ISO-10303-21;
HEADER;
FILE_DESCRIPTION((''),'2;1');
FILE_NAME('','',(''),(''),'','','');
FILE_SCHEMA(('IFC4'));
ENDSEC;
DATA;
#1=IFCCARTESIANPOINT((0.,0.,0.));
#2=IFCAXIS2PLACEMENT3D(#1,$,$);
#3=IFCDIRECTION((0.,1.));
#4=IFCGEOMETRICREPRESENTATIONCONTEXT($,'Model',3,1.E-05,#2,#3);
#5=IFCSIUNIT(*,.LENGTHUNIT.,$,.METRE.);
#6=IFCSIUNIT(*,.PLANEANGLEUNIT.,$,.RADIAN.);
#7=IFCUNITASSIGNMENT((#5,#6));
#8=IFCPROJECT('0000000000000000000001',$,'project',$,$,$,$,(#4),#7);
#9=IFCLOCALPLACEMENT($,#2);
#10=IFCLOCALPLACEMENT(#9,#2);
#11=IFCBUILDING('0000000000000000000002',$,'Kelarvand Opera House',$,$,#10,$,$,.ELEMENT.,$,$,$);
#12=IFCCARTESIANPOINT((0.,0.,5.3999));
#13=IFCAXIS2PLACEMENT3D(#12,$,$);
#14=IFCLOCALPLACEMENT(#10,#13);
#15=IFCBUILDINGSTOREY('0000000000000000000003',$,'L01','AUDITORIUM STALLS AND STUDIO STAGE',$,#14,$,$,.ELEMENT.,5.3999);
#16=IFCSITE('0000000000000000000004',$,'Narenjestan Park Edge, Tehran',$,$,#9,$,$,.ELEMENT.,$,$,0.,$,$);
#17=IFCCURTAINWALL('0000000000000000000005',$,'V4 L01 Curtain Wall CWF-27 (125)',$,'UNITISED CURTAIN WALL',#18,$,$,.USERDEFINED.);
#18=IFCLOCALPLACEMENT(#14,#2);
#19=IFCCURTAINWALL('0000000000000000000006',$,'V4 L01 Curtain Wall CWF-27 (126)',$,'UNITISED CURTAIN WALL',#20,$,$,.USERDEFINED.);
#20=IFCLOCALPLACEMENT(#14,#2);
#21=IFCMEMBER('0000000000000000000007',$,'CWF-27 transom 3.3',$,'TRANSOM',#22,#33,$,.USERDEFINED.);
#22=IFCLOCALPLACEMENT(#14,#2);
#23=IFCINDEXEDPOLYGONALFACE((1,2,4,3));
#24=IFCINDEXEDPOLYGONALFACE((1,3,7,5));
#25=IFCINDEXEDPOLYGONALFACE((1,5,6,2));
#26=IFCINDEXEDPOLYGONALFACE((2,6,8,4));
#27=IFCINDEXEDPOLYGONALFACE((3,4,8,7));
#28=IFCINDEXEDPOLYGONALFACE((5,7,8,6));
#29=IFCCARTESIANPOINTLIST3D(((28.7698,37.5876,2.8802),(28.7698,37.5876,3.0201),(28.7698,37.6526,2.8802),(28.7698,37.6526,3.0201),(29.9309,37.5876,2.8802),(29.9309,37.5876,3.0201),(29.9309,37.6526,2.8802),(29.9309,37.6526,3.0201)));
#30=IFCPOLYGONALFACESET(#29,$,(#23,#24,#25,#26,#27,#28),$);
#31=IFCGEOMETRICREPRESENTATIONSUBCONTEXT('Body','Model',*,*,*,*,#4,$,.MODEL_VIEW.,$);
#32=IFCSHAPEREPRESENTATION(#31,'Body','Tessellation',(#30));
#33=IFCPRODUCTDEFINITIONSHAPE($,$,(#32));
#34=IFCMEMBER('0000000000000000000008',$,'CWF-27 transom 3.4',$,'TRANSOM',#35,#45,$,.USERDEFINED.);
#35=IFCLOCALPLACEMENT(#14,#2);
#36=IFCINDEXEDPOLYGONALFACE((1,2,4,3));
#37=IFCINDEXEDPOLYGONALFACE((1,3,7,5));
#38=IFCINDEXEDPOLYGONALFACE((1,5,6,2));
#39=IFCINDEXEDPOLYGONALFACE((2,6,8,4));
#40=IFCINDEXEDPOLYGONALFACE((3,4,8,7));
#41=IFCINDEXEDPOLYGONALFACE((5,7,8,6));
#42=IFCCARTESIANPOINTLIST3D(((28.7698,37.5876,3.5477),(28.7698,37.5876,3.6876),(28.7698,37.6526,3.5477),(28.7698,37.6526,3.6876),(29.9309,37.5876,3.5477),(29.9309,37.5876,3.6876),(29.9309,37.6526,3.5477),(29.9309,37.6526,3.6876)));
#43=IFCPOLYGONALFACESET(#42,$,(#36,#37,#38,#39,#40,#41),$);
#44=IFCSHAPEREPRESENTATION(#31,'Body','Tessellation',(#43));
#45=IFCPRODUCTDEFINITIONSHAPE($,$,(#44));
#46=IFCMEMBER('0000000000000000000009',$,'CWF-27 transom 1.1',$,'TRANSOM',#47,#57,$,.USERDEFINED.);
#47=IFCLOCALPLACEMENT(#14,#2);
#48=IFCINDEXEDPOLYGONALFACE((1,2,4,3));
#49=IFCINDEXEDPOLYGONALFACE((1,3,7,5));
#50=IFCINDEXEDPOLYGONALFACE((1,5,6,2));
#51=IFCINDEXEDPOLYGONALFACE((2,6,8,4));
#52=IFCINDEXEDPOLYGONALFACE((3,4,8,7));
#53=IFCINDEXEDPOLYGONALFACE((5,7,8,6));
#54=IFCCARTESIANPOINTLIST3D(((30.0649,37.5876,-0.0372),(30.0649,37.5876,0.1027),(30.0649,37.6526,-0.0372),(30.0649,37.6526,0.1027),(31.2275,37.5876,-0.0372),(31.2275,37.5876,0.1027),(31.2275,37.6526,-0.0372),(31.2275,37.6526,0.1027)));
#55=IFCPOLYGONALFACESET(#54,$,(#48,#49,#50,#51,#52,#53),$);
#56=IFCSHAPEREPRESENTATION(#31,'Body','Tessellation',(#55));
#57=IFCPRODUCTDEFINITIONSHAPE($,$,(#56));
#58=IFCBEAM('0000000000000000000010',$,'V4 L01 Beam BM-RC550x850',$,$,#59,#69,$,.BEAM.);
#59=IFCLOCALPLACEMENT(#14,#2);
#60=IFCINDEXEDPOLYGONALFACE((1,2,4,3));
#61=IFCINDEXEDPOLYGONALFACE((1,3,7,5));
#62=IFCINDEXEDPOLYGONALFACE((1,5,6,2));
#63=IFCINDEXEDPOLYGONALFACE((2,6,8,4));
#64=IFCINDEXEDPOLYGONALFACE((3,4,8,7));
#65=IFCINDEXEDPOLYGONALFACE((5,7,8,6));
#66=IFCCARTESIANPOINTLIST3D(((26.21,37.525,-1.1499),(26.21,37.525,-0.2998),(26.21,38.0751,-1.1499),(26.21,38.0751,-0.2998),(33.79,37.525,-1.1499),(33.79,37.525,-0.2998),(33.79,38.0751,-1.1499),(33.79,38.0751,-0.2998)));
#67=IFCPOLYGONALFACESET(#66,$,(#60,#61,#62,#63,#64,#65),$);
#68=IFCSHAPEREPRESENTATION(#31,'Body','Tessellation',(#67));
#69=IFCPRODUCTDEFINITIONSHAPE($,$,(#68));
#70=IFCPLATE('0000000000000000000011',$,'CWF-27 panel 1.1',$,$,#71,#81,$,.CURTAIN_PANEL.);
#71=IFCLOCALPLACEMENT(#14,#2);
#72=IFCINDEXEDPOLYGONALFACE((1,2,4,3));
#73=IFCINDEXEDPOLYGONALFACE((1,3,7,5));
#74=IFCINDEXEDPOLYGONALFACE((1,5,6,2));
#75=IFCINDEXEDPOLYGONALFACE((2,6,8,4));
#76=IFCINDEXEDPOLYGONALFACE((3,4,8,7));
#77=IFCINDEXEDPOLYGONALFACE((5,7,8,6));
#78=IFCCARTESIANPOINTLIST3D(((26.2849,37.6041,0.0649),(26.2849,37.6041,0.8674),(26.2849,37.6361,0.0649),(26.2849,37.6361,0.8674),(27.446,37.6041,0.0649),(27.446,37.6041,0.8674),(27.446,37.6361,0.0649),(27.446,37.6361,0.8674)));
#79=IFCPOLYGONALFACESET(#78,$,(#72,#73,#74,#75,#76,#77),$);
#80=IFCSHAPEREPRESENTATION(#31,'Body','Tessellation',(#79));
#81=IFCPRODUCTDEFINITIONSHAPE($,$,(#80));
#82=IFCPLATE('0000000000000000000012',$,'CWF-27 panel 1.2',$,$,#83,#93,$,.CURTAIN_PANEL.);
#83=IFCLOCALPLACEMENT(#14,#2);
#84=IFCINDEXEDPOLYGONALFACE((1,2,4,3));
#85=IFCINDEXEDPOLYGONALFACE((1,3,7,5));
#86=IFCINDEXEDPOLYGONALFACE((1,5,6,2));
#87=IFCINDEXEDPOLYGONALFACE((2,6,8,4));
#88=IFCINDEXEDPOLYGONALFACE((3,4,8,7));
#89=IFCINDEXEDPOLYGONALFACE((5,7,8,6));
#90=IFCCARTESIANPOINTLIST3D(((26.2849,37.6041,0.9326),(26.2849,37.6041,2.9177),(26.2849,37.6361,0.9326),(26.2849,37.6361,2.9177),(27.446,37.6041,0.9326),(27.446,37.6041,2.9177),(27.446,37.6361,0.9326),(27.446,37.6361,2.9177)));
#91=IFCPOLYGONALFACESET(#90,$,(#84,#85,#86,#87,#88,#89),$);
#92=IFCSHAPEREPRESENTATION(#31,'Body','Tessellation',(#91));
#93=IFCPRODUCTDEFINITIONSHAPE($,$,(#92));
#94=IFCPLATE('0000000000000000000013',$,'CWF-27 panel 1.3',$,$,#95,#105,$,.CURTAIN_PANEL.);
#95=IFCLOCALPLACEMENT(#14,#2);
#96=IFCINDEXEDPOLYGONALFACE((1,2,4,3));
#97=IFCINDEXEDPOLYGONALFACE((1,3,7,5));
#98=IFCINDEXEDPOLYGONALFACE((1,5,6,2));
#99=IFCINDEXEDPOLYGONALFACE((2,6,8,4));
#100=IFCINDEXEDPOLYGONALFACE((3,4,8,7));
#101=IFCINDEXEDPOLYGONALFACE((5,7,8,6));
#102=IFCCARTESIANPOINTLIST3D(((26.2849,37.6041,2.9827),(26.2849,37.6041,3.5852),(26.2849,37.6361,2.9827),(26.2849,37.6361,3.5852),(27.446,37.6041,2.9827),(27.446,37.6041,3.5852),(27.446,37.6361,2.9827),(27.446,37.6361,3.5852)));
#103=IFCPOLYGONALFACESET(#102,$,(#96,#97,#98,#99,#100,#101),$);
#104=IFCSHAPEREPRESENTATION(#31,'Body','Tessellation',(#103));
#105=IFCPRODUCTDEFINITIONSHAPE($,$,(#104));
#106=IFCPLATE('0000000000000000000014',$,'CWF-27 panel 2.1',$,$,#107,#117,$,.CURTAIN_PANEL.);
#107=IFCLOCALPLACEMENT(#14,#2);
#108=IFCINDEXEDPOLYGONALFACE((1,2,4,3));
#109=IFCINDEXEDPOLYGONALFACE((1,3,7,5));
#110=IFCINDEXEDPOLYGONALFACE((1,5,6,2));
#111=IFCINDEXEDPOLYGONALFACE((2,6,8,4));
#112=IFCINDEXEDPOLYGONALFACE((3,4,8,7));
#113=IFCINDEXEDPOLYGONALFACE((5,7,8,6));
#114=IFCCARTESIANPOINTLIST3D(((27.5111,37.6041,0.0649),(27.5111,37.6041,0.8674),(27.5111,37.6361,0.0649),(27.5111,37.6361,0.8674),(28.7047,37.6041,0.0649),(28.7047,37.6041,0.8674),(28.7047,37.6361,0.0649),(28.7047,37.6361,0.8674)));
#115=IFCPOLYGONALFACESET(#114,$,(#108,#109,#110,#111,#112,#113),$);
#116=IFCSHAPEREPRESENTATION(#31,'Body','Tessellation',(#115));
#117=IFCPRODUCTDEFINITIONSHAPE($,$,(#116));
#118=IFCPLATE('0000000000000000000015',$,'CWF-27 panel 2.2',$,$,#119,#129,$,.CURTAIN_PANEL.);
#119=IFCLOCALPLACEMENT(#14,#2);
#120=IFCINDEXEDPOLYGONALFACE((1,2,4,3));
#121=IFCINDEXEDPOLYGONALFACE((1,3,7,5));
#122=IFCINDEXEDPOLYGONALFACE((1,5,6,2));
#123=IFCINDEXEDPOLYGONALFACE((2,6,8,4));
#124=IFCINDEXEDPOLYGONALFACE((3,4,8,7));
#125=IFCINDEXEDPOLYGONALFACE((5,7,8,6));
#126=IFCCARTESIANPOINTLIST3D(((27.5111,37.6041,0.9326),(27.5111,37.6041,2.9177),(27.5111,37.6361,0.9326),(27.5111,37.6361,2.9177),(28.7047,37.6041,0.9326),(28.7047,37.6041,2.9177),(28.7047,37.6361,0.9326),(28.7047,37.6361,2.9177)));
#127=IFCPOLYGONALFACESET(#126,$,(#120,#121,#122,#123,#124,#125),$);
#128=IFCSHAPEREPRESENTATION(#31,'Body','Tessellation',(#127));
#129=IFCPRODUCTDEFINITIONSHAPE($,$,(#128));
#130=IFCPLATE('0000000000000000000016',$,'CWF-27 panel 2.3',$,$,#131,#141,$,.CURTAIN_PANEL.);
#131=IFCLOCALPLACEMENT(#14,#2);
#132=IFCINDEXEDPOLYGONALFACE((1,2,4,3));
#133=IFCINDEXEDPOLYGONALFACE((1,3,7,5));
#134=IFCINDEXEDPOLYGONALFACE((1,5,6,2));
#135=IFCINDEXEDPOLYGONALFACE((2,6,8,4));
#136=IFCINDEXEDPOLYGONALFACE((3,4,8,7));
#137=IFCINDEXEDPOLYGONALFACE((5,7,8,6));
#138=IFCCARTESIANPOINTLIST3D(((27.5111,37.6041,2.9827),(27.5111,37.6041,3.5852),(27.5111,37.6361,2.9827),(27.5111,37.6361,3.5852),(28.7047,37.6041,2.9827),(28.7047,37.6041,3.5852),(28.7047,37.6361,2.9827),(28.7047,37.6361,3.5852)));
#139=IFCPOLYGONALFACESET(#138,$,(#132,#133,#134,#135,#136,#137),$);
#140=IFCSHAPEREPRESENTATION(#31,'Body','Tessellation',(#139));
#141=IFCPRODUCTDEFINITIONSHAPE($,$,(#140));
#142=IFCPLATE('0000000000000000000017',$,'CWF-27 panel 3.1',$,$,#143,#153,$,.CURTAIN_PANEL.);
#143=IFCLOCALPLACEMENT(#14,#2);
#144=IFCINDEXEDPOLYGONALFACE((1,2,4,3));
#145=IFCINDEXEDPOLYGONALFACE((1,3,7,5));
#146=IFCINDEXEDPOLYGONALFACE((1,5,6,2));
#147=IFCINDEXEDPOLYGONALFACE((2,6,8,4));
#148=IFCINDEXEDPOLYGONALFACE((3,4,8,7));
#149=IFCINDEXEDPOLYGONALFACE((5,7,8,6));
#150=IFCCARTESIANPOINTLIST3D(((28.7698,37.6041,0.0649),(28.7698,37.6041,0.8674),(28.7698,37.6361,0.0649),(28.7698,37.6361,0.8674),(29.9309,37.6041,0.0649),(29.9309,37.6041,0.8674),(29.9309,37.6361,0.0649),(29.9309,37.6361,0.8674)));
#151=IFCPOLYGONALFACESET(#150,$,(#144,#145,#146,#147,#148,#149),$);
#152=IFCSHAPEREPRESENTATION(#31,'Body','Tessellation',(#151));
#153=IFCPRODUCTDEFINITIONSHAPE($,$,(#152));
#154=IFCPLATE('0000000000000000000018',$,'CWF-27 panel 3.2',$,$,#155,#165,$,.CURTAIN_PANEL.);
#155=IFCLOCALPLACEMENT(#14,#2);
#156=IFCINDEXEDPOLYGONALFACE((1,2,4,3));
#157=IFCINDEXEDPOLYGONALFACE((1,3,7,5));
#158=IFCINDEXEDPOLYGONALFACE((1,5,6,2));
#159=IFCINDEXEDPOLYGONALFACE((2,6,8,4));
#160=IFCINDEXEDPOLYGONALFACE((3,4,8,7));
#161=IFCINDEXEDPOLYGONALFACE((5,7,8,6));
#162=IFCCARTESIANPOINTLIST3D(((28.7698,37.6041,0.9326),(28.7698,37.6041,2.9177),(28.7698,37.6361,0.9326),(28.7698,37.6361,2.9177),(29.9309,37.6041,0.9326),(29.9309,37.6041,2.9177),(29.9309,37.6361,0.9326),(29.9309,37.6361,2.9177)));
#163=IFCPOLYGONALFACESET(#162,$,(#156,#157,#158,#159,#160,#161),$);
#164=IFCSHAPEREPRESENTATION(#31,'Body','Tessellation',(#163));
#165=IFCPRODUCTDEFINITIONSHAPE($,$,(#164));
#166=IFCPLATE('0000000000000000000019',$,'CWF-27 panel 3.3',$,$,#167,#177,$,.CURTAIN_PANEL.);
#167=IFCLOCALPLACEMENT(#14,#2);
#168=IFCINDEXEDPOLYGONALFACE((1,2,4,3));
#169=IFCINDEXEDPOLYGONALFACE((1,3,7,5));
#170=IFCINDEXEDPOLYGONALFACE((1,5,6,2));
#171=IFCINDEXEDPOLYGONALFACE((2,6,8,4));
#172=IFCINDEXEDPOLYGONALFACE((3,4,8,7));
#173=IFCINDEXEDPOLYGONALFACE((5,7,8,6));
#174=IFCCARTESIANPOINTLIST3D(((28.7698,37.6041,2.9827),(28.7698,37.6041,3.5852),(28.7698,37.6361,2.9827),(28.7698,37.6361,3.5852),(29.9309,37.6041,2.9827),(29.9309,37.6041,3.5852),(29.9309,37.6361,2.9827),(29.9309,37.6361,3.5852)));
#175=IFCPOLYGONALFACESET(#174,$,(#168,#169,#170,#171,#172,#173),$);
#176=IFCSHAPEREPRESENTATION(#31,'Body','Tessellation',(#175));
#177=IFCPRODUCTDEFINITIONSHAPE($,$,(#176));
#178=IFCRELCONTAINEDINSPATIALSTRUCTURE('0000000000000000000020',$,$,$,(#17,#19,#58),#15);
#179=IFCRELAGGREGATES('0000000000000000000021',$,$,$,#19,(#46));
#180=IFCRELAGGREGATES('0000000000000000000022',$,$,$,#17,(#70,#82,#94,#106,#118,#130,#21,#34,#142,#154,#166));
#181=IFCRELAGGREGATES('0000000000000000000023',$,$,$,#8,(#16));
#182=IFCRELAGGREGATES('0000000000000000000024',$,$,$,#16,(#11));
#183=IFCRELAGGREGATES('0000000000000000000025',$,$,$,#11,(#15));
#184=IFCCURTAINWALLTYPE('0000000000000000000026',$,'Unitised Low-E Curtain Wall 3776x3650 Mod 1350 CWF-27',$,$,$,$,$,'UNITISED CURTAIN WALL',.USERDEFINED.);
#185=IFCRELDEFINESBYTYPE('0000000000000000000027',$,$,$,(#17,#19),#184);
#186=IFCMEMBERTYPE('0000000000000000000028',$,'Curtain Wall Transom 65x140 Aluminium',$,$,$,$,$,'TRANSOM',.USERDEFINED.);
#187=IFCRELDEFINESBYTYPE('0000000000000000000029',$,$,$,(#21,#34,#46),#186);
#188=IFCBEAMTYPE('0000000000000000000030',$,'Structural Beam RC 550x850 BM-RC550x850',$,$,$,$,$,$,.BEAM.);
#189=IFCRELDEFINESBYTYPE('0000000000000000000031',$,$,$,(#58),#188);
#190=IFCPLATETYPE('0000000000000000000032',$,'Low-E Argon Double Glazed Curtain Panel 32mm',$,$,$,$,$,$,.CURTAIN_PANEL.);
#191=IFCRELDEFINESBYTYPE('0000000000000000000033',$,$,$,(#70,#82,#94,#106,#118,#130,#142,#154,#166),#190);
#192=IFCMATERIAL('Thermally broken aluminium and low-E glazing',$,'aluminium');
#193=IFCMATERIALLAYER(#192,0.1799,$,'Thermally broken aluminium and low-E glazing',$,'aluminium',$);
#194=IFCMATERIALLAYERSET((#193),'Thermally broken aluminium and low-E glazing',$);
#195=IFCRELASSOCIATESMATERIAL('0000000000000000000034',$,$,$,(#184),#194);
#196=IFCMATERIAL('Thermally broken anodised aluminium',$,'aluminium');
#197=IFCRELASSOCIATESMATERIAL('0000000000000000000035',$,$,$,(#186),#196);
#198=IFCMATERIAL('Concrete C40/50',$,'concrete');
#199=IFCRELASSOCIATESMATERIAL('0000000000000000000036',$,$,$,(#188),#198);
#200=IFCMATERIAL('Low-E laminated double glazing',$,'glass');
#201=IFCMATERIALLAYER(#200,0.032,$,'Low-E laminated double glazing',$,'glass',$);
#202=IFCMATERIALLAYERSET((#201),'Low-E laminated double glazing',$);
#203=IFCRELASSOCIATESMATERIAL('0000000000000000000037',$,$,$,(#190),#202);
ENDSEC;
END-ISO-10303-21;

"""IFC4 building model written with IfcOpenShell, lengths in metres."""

from ifc_helpers import new_model, si_unit, direction, frame, origin, origin_2d, place, context, subcontext, project, spatial, rectangle, extrude, material, layer, layer_set, material_profile, profile_set, type_object, element, aggregate, save


model = new_model("IFC4")

# Units and contexts
model_context = context("Model", 3, precision=1e-05, world=origin(), true_north=direction((0.0, 1.0)))
body_context = subcontext(model_context, "Body", "Model", "MODEL_VIEW")
ifc_project = project(units=[si_unit("LENGTHUNIT", "METRE"), si_unit("PLANEANGLEUNIT", "RADIAN")], contexts=[model_context])

# Site, building, storey
site_placement = place(None, origin())
site = spatial("IfcSite", under=ifc_project, at=site_placement, Name="Narenjestan Park Edge, Tehran", CompositionType="ELEMENT", RefElevation=0.0)
building_placement = place(site_placement, origin())
building = spatial("IfcBuilding", under=site, at=building_placement, Name="Kelarvand Opera House", CompositionType="ELEMENT")
storey_placement = place(building_placement, frame((0.0, 0.0, 5.3999)))
storey = spatial("IfcBuildingStorey", under=building, at=storey_placement, Name="L01", Description="AUDITORIUM STALLS AND STUDIO STAGE", CompositionType="ELEMENT", Elevation=5.3999)

# Curtain wall
ifc_material_1 = material(Name="Thermally broken aluminium and low-E glazing", Category="aluminium")
ifc_layer_1 = layer(ifc_material_1, 0.1799, Name="Thermally broken aluminium and low-E glazing", Category="aluminium")
ifc_layer_set_1 = layer_set([ifc_layer_1], Name="Thermally broken aluminium and low-E glazing")
curtain_wall_type = type_object("IfcCurtainWallType", Name="Unitised Low-E Curtain Wall 3776x3650 Mod 1350 CWF-27", ElementType="UNITISED CURTAIN WALL", PredefinedType="USERDEFINED", material=ifc_layer_set_1)
curtain_wall_1_placement = place(storey_placement, origin())
curtain_wall_1 = element("IfcCurtainWall", 1, at=curtain_wall_1_placement, inside=storey, type_object=curtain_wall_type, Name="V4 L01 Curtain Wall CWF-27 (125)", ObjectType="UNITISED CURTAIN WALL", PredefinedType="USERDEFINED")
ifc_material_2 = material(Name="Thermally broken anodised aluminium", Category="aluminium")

# Curtain wall
curtain_wall_2_placement = place(storey_placement, origin())
curtain_wall_2 = element("IfcCurtainWall", 2, at=curtain_wall_2_placement, inside=storey, type_object=curtain_wall_type, Name="V4 L01 Curtain Wall CWF-27 (126)", ObjectType="UNITISED CURTAIN WALL", PredefinedType="USERDEFINED")

# Members
ifc_material_profile_1 = material_profile(ifc_material_2, rectangle(XDim=0.0649, YDim=0.1399, at=origin_2d()), Name="ALU TRANSOM 65x140", Category="aluminium")
ifc_profile_set_1 = profile_set([ifc_material_profile_1], Name="Thermally broken anodised aluminium")
member_type_1 = type_object("IfcMemberType", Name="Curtain Wall Transom 65x140 Aluminium", ElementType="TRANSOM", PredefinedType="USERDEFINED", material=ifc_profile_set_1)
member_1_placement = place(storey_placement, frame((28.7698, 37.6201, 2.9502), z_axis=(1.0, 0.0, 0.0), x_axis=(0.0, 1.0, 0.0)))
member_1 = element("IfcMember", 3, at=member_1_placement, type_object=member_type_1, Name="CWF-27 transom 3.3", ObjectType="TRANSOM", PredefinedType="USERDEFINED", context=body_context, shape_type="SweptSolid", body=[
    extrude(rectangle(XDim=0.0649, YDim=0.1399, at=origin_2d()), origin(), (0.0, 0.0, 1.0), 1.1611),
])
member_2_placement = place(storey_placement, frame((28.7698, 37.6201, 3.6177), z_axis=(1.0, 0.0, 0.0), x_axis=(0.0, 1.0, 0.0)))
member_2 = element("IfcMember", 4, at=member_2_placement, type_object=member_type_1, Name="CWF-27 transom 3.4", ObjectType="TRANSOM", PredefinedType="USERDEFINED", context=body_context, shape_type="SweptSolid", body=[
    extrude(rectangle(XDim=0.0649, YDim=0.1399, at=origin_2d()), origin(), (0.0, 0.0, 1.0), 1.1611),
])
member_3_placement = place(storey_placement, frame((30.0649, 37.6201, 0.0327), z_axis=(1.0, 0.0, 0.0), x_axis=(0.0, 1.0, 0.0)))
member_3 = element("IfcMember", 5, at=member_3_placement, type_object=member_type_1, Name="CWF-27 transom 1.1", ObjectType="TRANSOM", PredefinedType="USERDEFINED", context=body_context, shape_type="SweptSolid", body=[
    extrude(rectangle(XDim=0.0649, YDim=0.1399, at=origin_2d()), origin(), (0.0, 0.0, 1.0), 1.1626),
])
aggregate(curtain_wall_2, [member_3])

# Beam
ifc_material_3 = material(Name="Concrete C40/50", Category="concrete")
ifc_material_profile_2 = material_profile(ifc_material_3, rectangle(XDim=0.55, YDim=0.8501, at=origin_2d()), Name="RC 550x850", Category="concrete")
ifc_profile_set_2 = profile_set([ifc_material_profile_2], Name="Concrete C40/50")
beam_type = type_object("IfcBeamType", Name="Structural Beam RC 550x850 BM-RC550x850", PredefinedType="BEAM", material=ifc_profile_set_2)
beam_placement = place(storey_placement, frame((26.21, 37.8, -0.7249), z_axis=(1.0, 0.0, 0.0), x_axis=(0.0, 1.0, 0.0)))
element("IfcBeam", 6, at=beam_placement, inside=storey, type_object=beam_type, Name="V4 L01 Beam BM-RC550x850", PredefinedType="BEAM", context=body_context, shape_type="SweptSolid", body=[
    extrude(rectangle(XDim=0.55, YDim=0.8501, at=origin_2d()), origin(), (0.0, 0.0, 1.0), 7.5801),
])

# Plates
ifc_material_4 = material(Name="Low-E laminated double glazing", Category="glass")
ifc_layer_2 = layer(ifc_material_4, 0.032, Name="Low-E laminated double glazing", Category="glass")
ifc_layer_set_2 = layer_set([ifc_layer_2], Name="Low-E laminated double glazing")
plate_type = type_object("IfcPlateType", Name="Low-E Argon Double Glazed Curtain Panel 32mm", PredefinedType="CURTAIN_PANEL", material=ifc_layer_set_2)
plate_1_placement = place(storey_placement, frame((26.8655, 37.6201, 0.0649), z_axis=(0.0, 0.0, 1.0), x_axis=(1.0, 0.0, 0.0)))
plate_1 = element("IfcPlate", 7, at=plate_1_placement, type_object=plate_type, Name="CWF-27 panel 1.1", PredefinedType="CURTAIN_PANEL", context=body_context, shape_type="SweptSolid", body=[
    extrude(rectangle(XDim=1.1611, YDim=0.032, at=origin_2d()), origin(), (0.0, 0.0, 1.0), 0.8025),
])
plate_2_placement = place(storey_placement, frame((26.8655, 37.6201, 0.9326), z_axis=(0.0, 0.0, 1.0), x_axis=(1.0, 0.0, 0.0)))
plate_2 = element("IfcPlate", 8, at=plate_2_placement, type_object=plate_type, Name="CWF-27 panel 1.2", PredefinedType="CURTAIN_PANEL", context=body_context, shape_type="SweptSolid", body=[
    extrude(rectangle(XDim=1.1611, YDim=0.032, at=origin_2d()), origin(), (0.0, 0.0, 1.0), 1.9851),
])
plate_3_placement = place(storey_placement, frame((26.8655, 37.6201, 2.9827), z_axis=(0.0, 0.0, 1.0), x_axis=(1.0, 0.0, 0.0)))
plate_3 = element("IfcPlate", 9, at=plate_3_placement, type_object=plate_type, Name="CWF-27 panel 1.3", PredefinedType="CURTAIN_PANEL", context=body_context, shape_type="SweptSolid", body=[
    extrude(rectangle(XDim=1.1611, YDim=0.032, at=origin_2d()), origin(), (0.0, 0.0, 1.0), 0.6025),
])
plate_4_placement = place(storey_placement, frame((28.1079, 37.6201, 0.0649), z_axis=(0.0, 0.0, 1.0), x_axis=(1.0, 0.0, 0.0)))
plate_4 = element("IfcPlate", 10, at=plate_4_placement, type_object=plate_type, Name="CWF-27 panel 2.1", PredefinedType="CURTAIN_PANEL", context=body_context, shape_type="SweptSolid", body=[
    extrude(rectangle(XDim=1.1936, YDim=0.032, at=origin_2d()), origin(), (0.0, 0.0, 1.0), 0.8025),
])
plate_5_placement = place(storey_placement, frame((28.1079, 37.6201, 0.9326), z_axis=(0.0, 0.0, 1.0), x_axis=(1.0, 0.0, 0.0)))
plate_5 = element("IfcPlate", 11, at=plate_5_placement, type_object=plate_type, Name="CWF-27 panel 2.2", PredefinedType="CURTAIN_PANEL", context=body_context, shape_type="SweptSolid", body=[
    extrude(rectangle(XDim=1.1936, YDim=0.032, at=origin_2d()), origin(), (0.0, 0.0, 1.0), 1.9851),
])
plate_6_placement = place(storey_placement, frame((28.1079, 37.6201, 2.9827), z_axis=(0.0, 0.0, 1.0), x_axis=(1.0, 0.0, 0.0)))
plate_6 = element("IfcPlate", 12, at=plate_6_placement, type_object=plate_type, Name="CWF-27 panel 2.3", PredefinedType="CURTAIN_PANEL", context=body_context, shape_type="SweptSolid", body=[
    extrude(rectangle(XDim=1.1936, YDim=0.032, at=origin_2d()), origin(), (0.0, 0.0, 1.0), 0.6025),
])
plate_7_placement = place(storey_placement, frame((29.3503, 37.6201, 0.0649), z_axis=(0.0, 0.0, 1.0), x_axis=(1.0, 0.0, 0.0)))
plate_7 = element("IfcPlate", 13, at=plate_7_placement, type_object=plate_type, Name="CWF-27 panel 3.1", PredefinedType="CURTAIN_PANEL", context=body_context, shape_type="SweptSolid", body=[
    extrude(rectangle(XDim=1.1611, YDim=0.032, at=origin_2d()), origin(), (0.0, 0.0, 1.0), 0.8025),
])
plate_8_placement = place(storey_placement, frame((29.3503, 37.6201, 0.9326), z_axis=(0.0, 0.0, 1.0), x_axis=(1.0, 0.0, 0.0)))
plate_8 = element("IfcPlate", 14, at=plate_8_placement, type_object=plate_type, Name="CWF-27 panel 3.2", PredefinedType="CURTAIN_PANEL", context=body_context, shape_type="SweptSolid", body=[
    extrude(rectangle(XDim=1.1611, YDim=0.032, at=origin_2d()), origin(), (0.0, 0.0, 1.0), 1.9851),
])
plate_9_placement = place(storey_placement, frame((29.3503, 37.6201, 2.9827), z_axis=(0.0, 0.0, 1.0), x_axis=(1.0, 0.0, 0.0)))
plate_9 = element("IfcPlate", 15, at=plate_9_placement, type_object=plate_type, Name="CWF-27 panel 3.3", PredefinedType="CURTAIN_PANEL", context=body_context, shape_type="SweptSolid", body=[
    extrude(rectangle(XDim=1.1611, YDim=0.032, at=origin_2d()), origin(), (0.0, 0.0, 1.0), 0.6025),
])
aggregate(curtain_wall_1, [plate_1, plate_2, plate_3, plate_4, plate_5, plate_6, member_1, member_2, plate_7, plate_8, plate_9])

save(model, "model.ifc")
